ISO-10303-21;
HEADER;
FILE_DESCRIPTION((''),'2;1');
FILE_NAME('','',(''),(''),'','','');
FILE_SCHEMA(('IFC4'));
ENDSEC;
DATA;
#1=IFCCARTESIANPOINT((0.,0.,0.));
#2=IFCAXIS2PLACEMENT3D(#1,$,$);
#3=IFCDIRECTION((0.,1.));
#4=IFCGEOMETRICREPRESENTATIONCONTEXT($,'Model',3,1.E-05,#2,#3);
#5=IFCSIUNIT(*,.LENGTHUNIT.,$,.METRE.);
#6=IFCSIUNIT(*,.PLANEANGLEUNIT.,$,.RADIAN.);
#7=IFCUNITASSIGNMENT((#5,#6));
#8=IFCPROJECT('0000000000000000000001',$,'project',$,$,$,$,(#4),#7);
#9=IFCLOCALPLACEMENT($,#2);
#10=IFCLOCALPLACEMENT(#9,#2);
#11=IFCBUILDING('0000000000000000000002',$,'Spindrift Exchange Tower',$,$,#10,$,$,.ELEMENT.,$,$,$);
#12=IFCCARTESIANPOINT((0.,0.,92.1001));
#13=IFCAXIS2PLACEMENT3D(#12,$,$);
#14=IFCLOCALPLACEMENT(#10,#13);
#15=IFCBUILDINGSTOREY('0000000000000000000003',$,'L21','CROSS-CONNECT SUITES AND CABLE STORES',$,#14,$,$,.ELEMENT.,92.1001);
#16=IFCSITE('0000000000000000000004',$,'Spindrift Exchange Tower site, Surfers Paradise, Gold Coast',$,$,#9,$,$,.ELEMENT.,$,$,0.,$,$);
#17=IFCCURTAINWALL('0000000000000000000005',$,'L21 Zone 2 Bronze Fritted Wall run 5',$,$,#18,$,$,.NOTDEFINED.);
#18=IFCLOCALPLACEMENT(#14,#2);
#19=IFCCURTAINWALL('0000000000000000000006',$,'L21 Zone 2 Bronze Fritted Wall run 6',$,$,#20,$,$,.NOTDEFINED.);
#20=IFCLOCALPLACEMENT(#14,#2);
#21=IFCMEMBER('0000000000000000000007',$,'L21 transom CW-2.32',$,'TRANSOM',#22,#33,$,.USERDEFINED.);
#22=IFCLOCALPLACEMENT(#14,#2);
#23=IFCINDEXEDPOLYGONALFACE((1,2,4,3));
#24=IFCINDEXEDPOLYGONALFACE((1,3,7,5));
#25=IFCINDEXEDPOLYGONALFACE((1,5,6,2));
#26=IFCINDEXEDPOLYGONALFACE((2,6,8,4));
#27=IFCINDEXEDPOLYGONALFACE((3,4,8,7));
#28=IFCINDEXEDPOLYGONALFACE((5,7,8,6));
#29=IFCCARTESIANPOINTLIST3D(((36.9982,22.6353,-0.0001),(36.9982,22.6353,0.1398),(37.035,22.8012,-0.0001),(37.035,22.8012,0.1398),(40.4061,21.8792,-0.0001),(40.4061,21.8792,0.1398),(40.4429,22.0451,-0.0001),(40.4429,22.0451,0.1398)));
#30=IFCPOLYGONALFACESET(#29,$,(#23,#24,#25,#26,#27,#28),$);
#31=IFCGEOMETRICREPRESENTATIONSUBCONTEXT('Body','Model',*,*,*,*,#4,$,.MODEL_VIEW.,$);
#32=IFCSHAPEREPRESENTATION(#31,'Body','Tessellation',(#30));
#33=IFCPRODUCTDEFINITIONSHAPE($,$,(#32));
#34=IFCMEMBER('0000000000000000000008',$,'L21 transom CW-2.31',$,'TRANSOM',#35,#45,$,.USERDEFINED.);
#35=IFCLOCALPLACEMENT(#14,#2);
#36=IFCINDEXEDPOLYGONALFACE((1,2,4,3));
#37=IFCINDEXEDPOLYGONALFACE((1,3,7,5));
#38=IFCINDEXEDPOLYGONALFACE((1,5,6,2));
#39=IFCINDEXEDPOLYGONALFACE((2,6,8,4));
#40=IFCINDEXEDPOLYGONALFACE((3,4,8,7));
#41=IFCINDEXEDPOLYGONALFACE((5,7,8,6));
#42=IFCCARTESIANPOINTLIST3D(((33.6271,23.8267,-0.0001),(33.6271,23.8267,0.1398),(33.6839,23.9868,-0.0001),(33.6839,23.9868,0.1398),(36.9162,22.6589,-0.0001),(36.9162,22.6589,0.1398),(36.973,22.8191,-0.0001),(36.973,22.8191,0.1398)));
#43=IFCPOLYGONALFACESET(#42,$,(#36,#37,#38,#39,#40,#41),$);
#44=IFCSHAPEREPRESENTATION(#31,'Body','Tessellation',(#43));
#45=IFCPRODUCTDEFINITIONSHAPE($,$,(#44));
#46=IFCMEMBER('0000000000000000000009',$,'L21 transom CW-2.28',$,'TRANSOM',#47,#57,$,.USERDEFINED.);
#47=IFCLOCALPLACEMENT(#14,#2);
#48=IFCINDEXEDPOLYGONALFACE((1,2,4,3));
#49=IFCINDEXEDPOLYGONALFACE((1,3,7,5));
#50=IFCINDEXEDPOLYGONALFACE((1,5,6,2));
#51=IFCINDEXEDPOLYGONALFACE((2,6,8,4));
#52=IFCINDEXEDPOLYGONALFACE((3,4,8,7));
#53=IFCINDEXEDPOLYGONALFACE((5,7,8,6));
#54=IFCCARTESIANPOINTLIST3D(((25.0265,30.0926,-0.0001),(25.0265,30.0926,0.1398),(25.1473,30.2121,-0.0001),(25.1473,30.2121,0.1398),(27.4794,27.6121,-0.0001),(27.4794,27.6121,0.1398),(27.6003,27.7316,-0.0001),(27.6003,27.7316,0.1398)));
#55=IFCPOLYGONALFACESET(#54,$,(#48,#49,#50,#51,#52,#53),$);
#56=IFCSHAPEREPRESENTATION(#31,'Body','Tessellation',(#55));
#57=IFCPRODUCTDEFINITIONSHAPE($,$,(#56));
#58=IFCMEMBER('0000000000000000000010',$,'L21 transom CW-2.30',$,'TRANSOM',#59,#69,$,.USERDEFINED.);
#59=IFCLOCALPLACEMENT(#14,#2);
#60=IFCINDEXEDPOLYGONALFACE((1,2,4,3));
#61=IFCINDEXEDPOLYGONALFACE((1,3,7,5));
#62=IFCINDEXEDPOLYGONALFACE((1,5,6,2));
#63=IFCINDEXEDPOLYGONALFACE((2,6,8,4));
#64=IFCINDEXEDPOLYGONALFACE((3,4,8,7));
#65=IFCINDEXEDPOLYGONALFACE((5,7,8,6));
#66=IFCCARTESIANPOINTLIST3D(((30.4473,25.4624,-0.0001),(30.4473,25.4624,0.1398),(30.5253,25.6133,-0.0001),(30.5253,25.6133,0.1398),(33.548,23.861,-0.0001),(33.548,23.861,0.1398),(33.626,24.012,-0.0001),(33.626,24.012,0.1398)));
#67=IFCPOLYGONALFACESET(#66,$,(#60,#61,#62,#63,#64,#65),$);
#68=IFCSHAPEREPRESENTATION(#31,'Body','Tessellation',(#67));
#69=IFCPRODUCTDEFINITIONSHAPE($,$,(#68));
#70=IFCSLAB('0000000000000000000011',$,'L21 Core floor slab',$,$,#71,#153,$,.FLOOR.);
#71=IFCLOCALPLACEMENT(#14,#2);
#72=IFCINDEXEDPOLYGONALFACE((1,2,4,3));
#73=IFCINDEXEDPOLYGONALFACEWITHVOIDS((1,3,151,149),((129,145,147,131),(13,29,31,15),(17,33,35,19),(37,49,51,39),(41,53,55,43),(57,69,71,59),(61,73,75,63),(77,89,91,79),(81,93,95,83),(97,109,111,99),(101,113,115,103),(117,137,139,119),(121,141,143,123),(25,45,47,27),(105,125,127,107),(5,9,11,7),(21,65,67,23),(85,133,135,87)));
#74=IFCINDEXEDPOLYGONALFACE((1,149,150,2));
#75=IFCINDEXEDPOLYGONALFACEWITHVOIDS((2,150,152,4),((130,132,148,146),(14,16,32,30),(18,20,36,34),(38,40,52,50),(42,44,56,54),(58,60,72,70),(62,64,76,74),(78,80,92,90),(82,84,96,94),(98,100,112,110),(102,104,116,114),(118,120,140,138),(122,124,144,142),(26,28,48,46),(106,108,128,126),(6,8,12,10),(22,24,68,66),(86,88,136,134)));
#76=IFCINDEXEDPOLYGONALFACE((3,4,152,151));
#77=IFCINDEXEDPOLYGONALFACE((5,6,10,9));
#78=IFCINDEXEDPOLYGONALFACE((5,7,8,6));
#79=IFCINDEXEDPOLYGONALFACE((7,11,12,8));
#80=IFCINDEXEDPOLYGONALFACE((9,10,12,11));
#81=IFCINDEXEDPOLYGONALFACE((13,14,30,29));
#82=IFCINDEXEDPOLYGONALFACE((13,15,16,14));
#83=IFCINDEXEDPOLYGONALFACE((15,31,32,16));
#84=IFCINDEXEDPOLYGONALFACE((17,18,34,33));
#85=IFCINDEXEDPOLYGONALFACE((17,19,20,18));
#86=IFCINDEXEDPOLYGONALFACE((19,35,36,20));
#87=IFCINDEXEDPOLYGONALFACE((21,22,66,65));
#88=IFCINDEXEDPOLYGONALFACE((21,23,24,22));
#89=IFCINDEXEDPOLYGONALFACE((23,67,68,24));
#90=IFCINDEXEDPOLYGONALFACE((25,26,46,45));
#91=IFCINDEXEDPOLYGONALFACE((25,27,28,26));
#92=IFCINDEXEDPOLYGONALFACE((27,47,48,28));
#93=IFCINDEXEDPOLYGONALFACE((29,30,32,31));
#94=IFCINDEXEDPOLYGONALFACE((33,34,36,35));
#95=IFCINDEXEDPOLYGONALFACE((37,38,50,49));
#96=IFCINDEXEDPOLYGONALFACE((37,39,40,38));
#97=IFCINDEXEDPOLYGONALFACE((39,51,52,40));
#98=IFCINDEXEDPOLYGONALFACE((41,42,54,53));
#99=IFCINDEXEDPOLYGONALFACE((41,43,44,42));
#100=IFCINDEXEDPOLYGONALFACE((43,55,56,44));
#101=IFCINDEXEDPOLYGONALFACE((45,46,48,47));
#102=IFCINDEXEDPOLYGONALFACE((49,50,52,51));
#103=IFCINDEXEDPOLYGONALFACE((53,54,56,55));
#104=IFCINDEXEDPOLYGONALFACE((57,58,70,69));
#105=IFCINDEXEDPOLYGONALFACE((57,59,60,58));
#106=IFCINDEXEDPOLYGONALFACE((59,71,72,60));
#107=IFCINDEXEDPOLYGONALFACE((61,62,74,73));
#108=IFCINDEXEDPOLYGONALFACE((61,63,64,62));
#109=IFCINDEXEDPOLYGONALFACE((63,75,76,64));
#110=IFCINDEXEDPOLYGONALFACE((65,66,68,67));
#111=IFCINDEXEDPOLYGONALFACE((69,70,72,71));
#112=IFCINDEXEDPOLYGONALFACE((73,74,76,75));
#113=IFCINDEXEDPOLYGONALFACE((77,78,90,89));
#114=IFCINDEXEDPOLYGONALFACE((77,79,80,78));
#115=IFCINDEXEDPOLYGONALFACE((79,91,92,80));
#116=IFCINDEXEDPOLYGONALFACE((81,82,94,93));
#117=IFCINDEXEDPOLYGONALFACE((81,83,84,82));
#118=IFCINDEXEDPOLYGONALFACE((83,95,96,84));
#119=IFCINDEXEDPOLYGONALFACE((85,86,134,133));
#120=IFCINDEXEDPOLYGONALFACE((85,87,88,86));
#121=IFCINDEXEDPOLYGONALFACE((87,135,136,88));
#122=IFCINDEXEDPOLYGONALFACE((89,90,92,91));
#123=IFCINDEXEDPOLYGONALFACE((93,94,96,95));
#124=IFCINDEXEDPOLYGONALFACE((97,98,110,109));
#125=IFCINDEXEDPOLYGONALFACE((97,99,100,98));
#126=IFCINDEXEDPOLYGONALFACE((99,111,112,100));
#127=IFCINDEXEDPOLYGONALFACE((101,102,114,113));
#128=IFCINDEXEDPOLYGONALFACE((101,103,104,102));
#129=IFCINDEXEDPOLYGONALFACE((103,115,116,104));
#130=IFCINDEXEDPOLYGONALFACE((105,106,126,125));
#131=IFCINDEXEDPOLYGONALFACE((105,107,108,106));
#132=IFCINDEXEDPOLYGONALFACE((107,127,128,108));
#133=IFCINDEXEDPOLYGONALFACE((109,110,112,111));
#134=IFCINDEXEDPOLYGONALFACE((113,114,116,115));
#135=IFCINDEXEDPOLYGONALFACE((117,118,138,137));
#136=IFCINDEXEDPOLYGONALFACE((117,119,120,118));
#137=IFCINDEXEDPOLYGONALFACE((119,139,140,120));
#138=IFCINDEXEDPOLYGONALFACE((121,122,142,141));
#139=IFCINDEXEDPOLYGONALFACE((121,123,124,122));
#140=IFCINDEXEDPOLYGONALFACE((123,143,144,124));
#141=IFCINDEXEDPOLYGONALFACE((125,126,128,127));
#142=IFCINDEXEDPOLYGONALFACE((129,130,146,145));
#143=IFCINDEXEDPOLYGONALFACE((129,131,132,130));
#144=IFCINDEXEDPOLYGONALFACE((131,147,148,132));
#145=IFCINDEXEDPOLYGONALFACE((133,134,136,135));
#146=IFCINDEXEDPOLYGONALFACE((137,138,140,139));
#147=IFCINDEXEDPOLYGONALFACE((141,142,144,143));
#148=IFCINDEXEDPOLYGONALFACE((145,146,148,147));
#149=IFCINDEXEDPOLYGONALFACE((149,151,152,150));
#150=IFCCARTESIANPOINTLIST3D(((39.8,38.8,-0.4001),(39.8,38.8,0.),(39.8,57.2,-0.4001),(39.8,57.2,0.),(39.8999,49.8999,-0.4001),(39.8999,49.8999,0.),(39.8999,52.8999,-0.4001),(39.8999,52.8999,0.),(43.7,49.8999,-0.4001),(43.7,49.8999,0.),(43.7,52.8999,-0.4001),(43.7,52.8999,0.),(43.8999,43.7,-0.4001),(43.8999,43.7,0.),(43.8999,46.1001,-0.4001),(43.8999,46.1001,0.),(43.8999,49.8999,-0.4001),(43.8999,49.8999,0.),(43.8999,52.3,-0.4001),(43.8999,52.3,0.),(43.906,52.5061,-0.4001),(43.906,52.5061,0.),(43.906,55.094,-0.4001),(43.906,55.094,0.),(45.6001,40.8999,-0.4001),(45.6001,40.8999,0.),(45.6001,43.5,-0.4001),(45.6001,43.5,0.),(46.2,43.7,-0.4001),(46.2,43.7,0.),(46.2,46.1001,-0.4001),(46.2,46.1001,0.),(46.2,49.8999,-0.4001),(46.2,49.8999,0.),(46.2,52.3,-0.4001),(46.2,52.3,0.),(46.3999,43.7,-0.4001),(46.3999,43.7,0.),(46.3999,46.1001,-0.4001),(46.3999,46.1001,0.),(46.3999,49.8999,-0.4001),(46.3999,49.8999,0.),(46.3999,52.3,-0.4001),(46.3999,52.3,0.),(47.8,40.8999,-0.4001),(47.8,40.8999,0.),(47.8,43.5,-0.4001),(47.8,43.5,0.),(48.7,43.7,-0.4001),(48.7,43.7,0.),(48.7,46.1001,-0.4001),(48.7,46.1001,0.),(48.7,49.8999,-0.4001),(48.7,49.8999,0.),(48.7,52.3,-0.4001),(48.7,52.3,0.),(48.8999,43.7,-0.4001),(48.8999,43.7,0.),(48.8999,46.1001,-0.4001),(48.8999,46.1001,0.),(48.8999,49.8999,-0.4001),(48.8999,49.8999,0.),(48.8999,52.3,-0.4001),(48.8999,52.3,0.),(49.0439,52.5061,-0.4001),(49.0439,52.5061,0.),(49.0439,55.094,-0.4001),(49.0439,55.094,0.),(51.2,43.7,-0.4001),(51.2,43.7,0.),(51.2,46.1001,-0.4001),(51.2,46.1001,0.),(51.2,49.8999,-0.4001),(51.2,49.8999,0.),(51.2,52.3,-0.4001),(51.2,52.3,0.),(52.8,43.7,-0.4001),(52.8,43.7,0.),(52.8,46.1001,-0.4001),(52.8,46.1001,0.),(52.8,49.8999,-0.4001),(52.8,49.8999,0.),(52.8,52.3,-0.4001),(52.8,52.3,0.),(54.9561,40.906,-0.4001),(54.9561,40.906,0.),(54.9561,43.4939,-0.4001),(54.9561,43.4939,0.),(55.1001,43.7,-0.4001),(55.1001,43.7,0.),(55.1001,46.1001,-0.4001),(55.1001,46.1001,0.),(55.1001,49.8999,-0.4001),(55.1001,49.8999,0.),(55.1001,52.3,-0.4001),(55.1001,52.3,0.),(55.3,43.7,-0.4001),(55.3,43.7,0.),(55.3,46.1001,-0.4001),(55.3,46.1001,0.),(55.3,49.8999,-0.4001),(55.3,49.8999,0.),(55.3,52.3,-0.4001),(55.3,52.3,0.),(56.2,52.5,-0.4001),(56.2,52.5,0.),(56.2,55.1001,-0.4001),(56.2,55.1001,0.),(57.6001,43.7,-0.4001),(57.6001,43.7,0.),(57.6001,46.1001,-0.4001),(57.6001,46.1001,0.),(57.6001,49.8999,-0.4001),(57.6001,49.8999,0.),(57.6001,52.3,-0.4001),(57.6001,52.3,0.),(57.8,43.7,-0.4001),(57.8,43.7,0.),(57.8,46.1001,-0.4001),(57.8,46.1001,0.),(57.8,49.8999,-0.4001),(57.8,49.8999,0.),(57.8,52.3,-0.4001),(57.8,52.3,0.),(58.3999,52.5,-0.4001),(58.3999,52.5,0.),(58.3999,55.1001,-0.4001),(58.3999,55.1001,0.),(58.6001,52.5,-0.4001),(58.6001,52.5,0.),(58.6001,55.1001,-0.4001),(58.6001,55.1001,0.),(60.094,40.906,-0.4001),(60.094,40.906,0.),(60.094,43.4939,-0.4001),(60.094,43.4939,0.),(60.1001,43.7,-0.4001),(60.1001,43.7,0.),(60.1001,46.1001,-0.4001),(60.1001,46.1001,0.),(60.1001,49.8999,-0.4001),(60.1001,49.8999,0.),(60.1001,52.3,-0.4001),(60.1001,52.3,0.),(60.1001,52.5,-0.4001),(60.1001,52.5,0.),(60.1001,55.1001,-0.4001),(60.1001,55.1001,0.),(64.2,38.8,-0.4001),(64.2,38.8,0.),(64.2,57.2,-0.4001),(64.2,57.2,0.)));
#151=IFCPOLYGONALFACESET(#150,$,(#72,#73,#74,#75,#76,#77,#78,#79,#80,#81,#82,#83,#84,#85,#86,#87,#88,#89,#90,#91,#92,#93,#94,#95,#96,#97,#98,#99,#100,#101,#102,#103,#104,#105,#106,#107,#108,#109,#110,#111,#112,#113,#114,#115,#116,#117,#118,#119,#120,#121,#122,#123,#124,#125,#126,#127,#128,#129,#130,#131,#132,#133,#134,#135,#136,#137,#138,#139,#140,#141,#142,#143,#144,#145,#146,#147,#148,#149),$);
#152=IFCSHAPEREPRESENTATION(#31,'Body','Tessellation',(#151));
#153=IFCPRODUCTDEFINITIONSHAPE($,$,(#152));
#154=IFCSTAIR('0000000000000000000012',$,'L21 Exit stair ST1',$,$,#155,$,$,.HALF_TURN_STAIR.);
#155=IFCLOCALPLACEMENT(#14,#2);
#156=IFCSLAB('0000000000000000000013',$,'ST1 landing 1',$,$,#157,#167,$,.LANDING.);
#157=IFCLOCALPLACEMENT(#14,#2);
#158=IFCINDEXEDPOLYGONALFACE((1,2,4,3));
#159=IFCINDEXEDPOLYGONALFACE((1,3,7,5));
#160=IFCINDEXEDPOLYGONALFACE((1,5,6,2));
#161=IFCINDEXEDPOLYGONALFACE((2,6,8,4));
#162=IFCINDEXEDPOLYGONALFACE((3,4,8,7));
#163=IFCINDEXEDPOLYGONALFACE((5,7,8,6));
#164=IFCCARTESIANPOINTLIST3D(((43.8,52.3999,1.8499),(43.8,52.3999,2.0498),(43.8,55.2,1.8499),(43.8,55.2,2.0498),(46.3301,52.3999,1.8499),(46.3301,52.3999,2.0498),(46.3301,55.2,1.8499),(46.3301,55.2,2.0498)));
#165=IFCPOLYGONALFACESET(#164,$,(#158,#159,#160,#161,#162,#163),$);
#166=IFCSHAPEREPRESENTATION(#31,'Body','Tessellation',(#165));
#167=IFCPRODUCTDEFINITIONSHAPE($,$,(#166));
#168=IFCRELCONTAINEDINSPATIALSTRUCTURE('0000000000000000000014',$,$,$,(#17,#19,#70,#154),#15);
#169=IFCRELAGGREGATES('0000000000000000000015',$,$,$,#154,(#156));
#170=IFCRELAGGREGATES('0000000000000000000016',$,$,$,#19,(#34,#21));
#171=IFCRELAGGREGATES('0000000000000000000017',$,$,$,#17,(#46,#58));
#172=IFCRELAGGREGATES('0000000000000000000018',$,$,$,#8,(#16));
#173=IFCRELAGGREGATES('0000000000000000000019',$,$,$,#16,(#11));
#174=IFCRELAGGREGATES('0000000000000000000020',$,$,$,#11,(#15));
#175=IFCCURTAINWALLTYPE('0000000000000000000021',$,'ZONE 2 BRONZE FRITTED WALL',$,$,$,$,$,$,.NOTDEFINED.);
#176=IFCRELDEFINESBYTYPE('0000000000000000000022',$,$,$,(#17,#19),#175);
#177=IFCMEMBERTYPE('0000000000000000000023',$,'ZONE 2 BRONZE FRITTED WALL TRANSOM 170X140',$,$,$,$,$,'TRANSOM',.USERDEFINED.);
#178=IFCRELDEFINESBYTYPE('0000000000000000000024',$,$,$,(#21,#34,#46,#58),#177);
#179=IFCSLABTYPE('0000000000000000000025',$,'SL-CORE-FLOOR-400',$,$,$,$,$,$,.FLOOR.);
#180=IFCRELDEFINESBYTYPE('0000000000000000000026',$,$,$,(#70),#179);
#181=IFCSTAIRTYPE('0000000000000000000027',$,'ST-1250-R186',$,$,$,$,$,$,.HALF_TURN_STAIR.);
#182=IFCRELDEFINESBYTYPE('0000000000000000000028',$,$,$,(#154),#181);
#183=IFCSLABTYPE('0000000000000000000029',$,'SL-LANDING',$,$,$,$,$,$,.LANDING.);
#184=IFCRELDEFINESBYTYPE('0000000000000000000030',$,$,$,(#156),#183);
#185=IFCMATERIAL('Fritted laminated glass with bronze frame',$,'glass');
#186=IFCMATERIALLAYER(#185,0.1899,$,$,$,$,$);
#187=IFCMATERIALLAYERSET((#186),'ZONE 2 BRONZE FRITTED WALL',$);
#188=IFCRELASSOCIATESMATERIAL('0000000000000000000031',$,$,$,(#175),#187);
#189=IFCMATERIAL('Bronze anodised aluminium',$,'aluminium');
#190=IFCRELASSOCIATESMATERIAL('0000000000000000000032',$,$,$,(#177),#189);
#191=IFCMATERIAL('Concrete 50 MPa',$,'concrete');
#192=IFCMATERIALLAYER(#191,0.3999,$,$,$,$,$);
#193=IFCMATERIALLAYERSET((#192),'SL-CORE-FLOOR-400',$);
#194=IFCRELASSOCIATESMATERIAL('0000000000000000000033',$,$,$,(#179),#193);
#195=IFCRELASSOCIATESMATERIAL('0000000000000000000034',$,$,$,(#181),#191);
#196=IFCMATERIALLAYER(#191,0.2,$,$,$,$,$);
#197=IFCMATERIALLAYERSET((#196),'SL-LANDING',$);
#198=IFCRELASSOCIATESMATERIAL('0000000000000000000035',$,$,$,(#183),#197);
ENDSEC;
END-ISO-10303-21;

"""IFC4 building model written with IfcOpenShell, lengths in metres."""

from ifc_helpers import new_model, si_unit, direction, frame, origin, origin_2d, place, context, subcontext, project, spatial, line, indexed_curve, rectangle, outline, extrude, source, transform, mapped, material, layer, layer_set, material_profile, profile_set, type_object, element, aggregate, save


model = new_model("IFC4")

# Units and contexts
model_context = context("Model", 3, precision=1e-05, world=origin(), true_north=direction((0.0, 1.0)))
body_context = subcontext(model_context, "Body", "Model", "MODEL_VIEW")
ifc_project = project(units=[si_unit("LENGTHUNIT", "METRE"), si_unit("PLANEANGLEUNIT", "RADIAN")], contexts=[model_context])

# Site, building, storey
site_placement = place(None, origin())
site = spatial("IfcSite", under=ifc_project, at=site_placement, Name="Spindrift Exchange Tower site, Surfers Paradise, Gold Coast", CompositionType="ELEMENT", RefElevation=0.0)
building_placement = place(site_placement, origin())
building = spatial("IfcBuilding", under=site, at=building_placement, Name="Spindrift Exchange Tower", CompositionType="ELEMENT")
storey_placement = place(building_placement, frame((0.0, 0.0, 92.1001)))
storey = spatial("IfcBuildingStorey", under=building, at=storey_placement, Name="L21", Description="CROSS-CONNECT SUITES AND CABLE STORES", CompositionType="ELEMENT", Elevation=92.1001)

# Curtain walls
ifc_material_1 = material(Name="Fritted laminated glass with bronze frame", Category="glass")
ifc_layer_1 = layer(ifc_material_1, 0.1899)
ifc_layer_set_1 = layer_set([ifc_layer_1], Name="ZONE 2 BRONZE FRITTED WALL")
curtain_wall_type = type_object("IfcCurtainWallType", Name="ZONE 2 BRONZE FRITTED WALL", PredefinedType="NOTDEFINED", material=ifc_layer_set_1)
curtain_wall_1_placement = place(storey_placement, origin())
curtain_wall_1 = element("IfcCurtainWall", 1, at=curtain_wall_1_placement, inside=storey, type_object=curtain_wall_type, Name="L21 Zone 2 Bronze Fritted Wall run 5", PredefinedType="NOTDEFINED")
ifc_material_2 = material(Name="Bronze anodised aluminium", Category="aluminium")
curtain_wall_2_placement = place(storey_placement, origin())
curtain_wall_2 = element("IfcCurtainWall", 2, at=curtain_wall_2_placement, inside=storey, type_object=curtain_wall_type, Name="L21 Zone 2 Bronze Fritted Wall run 6", PredefinedType="NOTDEFINED")

# Members
ifc_material_profile_1 = material_profile(ifc_material_2, rectangle(XDim=0.1699, YDim=0.1399, at=origin_2d()), Name="ZONE 2 BRONZE FRITTED WALL TRANSOM 170X140")
ifc_profile_set_1 = profile_set([ifc_material_profile_1], Name="Bronze anodised aluminium")
member_type_1 = type_object("IfcMemberType", Name="ZONE 2 BRONZE FRITTED WALL TRANSOM 170X140", ElementType="TRANSOM", PredefinedType="USERDEFINED", material=ifc_profile_set_1)
shared_shape_1 = source(origin(), body_context, "Body", "SweptSolid", [
    extrude(rectangle(XDim=0.1699, YDim=0.1399, at=origin_2d()), origin(), (0.0, 0.0, 1.0), 3.4907),
])
member_1_placement = place(storey_placement, frame((37.0166, 22.7183, 0.0698), z_axis=(0.976261, -0.216597, 0.0), x_axis=(0.216597, 0.976261, 0.0)))
member_1 = element("IfcMember", 3, at=member_1_placement, type_object=member_type_1, Name="L21 transom CW-2.32", ObjectType="TRANSOM", PredefinedType="USERDEFINED", context=body_context, shape_type="MappedRepresentation", body=[
    mapped(shared_shape_1, transform((0.0, 0.0, 0.0), scale=1.0)),
])
shared_shape_2 = source(origin(), body_context, "Body", "SweptSolid", [
    extrude(rectangle(XDim=0.1699, YDim=0.1399, at=origin_2d()), origin(), (0.0, 0.0, 1.0), 3.4902),
])
member_2_placement = place(storey_placement, frame((33.6555, 23.9067, 0.0698), z_axis=(0.94237, -0.334572, 0.0), x_axis=(0.334572, 0.94237, 0.0)))
member_2 = element("IfcMember", 4, at=member_2_placement, type_object=member_type_1, Name="L21 transom CW-2.31", ObjectType="TRANSOM", PredefinedType="USERDEFINED", context=body_context, shape_type="MappedRepresentation", body=[
    mapped(shared_shape_2, transform((0.0, 0.0, 0.0), scale=1.0)),
])
shared_shape_3 = source(origin(), body_context, "Body", "SweptSolid", [
    extrude(rectangle(XDim=0.1699, YDim=0.1399, at=origin_2d()), origin(), (0.0, 0.0, 1.0), 3.4885),
])
member_3_placement = place(storey_placement, frame((25.0869, 30.1523, 0.0698), z_axis=(0.703142, -0.71105, 0.0), x_axis=(0.71105, 0.703142, 0.0)))
member_3 = element("IfcMember", 5, at=member_3_placement, type_object=member_type_1, Name="L21 transom CW-2.28", ObjectType="TRANSOM", PredefinedType="USERDEFINED", context=body_context, shape_type="MappedRepresentation", body=[
    mapped(shared_shape_3, transform((0.0, 0.0, 0.0), scale=1.0)),
])
shared_shape_4 = source(origin(), body_context, "Body", "SweptSolid", [
    extrude(rectangle(XDim=0.1699, YDim=0.1399, at=origin_2d()), origin(), (0.0, 0.0, 1.0), 3.4897),
])
member_4_placement = place(storey_placement, frame((30.4863, 25.5378, 0.0698), z_axis=(0.888502, -0.458873, 0.0), x_axis=(0.458873, 0.888502, 0.0)))
member_4 = element("IfcMember", 6, at=member_4_placement, type_object=member_type_1, Name="L21 transom CW-2.30", ObjectType="TRANSOM", PredefinedType="USERDEFINED", context=body_context, shape_type="MappedRepresentation", body=[
    mapped(shared_shape_4, transform((0.0, 0.0, 0.0), scale=1.0)),
])

# Slab
ifc_material_3 = material(Name="Concrete 50 MPa", Category="concrete")
ifc_layer_2 = layer(ifc_material_3, 0.3999)
ifc_layer_set_2 = layer_set([ifc_layer_2], Name="SL-CORE-FLOOR-400")
slab_type_1 = type_object("IfcSlabType", Name="SL-CORE-FLOOR-400", PredefinedType="FLOOR", material=ifc_layer_set_2)
slab_1_placement = place(storey_placement, frame((0.0, 0.0, -0.4001)))
element("IfcSlab", 7, at=slab_1_placement, inside=storey, type_object=slab_type_1, Name="L21 Core floor slab", PredefinedType="FLOOR", context=body_context, shape_type="SweptSolid", body=[
    extrude(outline(indexed_curve([(39.8, 38.8), (39.8, 57.2), (64.2, 57.2), (64.2, 38.8)], segments=[line(1, 2, 3, 4, 1)], self_intersect=False), holes=[indexed_curve([(47.8, 43.5), (45.6001, 43.5), (45.6001, 40.8999), (47.8, 40.8999)], segments=[line(1, 2, 3, 4, 1)], self_intersect=False), indexed_curve([(46.2, 46.1001), (43.8999, 46.1001), (43.8999, 43.7), (46.2, 43.7)], segments=[line(1, 2, 3, 4, 1)], self_intersect=False), indexed_curve([(48.7, 46.1001), (46.3999, 46.1001), (46.3999, 43.7), (48.7, 43.7)], segments=[line(1, 2, 3, 4, 1)], self_intersect=False), indexed_curve([(51.2, 46.1001), (48.8999, 46.1001), (48.8999, 43.7), (51.2, 43.7)], segments=[line(1, 2, 3, 4, 1)], self_intersect=False), indexed_curve([(46.2, 52.3), (43.8999, 52.3), (43.8999, 49.8999), (46.2, 49.8999)], segments=[line(1, 2, 3, 4, 1)], self_intersect=False), indexed_curve([(48.7, 52.3), (46.3999, 52.3), (46.3999, 49.8999), (48.7, 49.8999)], segments=[line(1, 2, 3, 4, 1)], self_intersect=False), indexed_curve([(51.2, 52.3), (48.8999, 52.3), (48.8999, 49.8999), (51.2, 49.8999)], segments=[line(1, 2, 3, 4, 1)], self_intersect=False), indexed_curve([(43.7, 49.8999), (43.7, 52.8999), (39.8999, 52.8999), (39.8999, 49.8999)], segments=[line(1, 2, 3, 4, 1)], self_intersect=False), indexed_curve([(49.0439, 55.094), (43.906, 55.094), (43.906, 52.5061), (49.0439, 52.5061)], segments=[line(1, 2, 3, 4, 1)], self_intersect=False), indexed_curve([(60.094, 40.906), (60.094, 43.4939), (54.9561, 43.4939), (54.9561, 40.906)], segments=[line(1, 2, 3, 4, 1)], self_intersect=False), indexed_curve([(55.1001, 46.1001), (52.8, 46.1001), (52.8, 43.7), (55.1001, 43.7)], segments=[line(1, 2, 3, 4, 1)], self_intersect=False), indexed_curve([(57.6001, 46.1001), (55.3, 46.1001), (55.3, 43.7), (57.6001, 43.7)], segments=[line(1, 2, 3, 4, 1)], self_intersect=False), indexed_curve([(60.1001, 46.1001), (57.8, 46.1001), (57.8, 43.7), (60.1001, 43.7)], segments=[line(1, 2, 3, 4, 1)], self_intersect=False), indexed_curve([(55.1001, 52.3), (52.8, 52.3), (52.8, 49.8999), (55.1001, 49.8999)], segments=[line(1, 2, 3, 4, 1)], self_intersect=False), indexed_curve([(57.6001, 52.3), (55.3, 52.3), (55.3, 49.8999), (57.6001, 49.8999)], segments=[line(1, 2, 3, 4, 1)], self_intersect=False), indexed_curve([(60.1001, 52.3), (57.8, 52.3), (57.8, 49.8999), (60.1001, 49.8999)], segments=[line(1, 2, 3, 4, 1)], self_intersect=False), indexed_curve([(58.3999, 52.5), (58.3999, 55.1001), (56.2, 55.1001), (56.2, 52.5)], segments=[line(1, 2, 3, 4, 1)], self_intersect=False), indexed_curve([(60.1001, 52.5), (60.1001, 55.1001), (58.6001, 55.1001), (58.6001, 52.5)], segments=[line(1, 2, 3, 4, 1)], self_intersect=False)]), origin(), (0.0, 0.0, 1.0), 0.4001),
])

# Stair, slab
stair_type = type_object("IfcStairType", Name="ST-1250-R186", PredefinedType="HALF_TURN_STAIR", material=ifc_material_3)
stair_1_placement = place(storey_placement, origin())
stair_1 = element("IfcStair", 8, at=stair_1_placement, inside=storey, type_object=stair_type, Name="L21 Exit stair ST1", PredefinedType="HALF_TURN_STAIR")
ifc_layer_3 = layer(ifc_material_3, 0.2)
ifc_layer_set_3 = layer_set([ifc_layer_3], Name="SL-LANDING")
slab_type_2 = type_object("IfcSlabType", Name="SL-LANDING", PredefinedType="LANDING", material=ifc_layer_set_3)
slab_2_placement = place(storey_placement, frame((0.0, 0.0, 1.8499)))
slab_2 = element("IfcSlab", 9, at=slab_2_placement, type_object=slab_type_2, Name="ST1 landing 1", PredefinedType="LANDING", context=body_context, shape_type="SweptSolid", body=[
    extrude(outline(indexed_curve([(46.3301, 52.3999), (43.8, 52.3999), (43.8, 55.2), (46.3301, 55.2)], segments=[line(1, 2, 3, 4, 1)], self_intersect=False)), origin(), (0.0, 0.0, 1.0), 0.2),
])
aggregate(stair_1, [slab_2])

aggregate(curtain_wall_2, [member_2, member_1])
aggregate(curtain_wall_1, [member_3, member_4])

save(model, "model.ifc")
